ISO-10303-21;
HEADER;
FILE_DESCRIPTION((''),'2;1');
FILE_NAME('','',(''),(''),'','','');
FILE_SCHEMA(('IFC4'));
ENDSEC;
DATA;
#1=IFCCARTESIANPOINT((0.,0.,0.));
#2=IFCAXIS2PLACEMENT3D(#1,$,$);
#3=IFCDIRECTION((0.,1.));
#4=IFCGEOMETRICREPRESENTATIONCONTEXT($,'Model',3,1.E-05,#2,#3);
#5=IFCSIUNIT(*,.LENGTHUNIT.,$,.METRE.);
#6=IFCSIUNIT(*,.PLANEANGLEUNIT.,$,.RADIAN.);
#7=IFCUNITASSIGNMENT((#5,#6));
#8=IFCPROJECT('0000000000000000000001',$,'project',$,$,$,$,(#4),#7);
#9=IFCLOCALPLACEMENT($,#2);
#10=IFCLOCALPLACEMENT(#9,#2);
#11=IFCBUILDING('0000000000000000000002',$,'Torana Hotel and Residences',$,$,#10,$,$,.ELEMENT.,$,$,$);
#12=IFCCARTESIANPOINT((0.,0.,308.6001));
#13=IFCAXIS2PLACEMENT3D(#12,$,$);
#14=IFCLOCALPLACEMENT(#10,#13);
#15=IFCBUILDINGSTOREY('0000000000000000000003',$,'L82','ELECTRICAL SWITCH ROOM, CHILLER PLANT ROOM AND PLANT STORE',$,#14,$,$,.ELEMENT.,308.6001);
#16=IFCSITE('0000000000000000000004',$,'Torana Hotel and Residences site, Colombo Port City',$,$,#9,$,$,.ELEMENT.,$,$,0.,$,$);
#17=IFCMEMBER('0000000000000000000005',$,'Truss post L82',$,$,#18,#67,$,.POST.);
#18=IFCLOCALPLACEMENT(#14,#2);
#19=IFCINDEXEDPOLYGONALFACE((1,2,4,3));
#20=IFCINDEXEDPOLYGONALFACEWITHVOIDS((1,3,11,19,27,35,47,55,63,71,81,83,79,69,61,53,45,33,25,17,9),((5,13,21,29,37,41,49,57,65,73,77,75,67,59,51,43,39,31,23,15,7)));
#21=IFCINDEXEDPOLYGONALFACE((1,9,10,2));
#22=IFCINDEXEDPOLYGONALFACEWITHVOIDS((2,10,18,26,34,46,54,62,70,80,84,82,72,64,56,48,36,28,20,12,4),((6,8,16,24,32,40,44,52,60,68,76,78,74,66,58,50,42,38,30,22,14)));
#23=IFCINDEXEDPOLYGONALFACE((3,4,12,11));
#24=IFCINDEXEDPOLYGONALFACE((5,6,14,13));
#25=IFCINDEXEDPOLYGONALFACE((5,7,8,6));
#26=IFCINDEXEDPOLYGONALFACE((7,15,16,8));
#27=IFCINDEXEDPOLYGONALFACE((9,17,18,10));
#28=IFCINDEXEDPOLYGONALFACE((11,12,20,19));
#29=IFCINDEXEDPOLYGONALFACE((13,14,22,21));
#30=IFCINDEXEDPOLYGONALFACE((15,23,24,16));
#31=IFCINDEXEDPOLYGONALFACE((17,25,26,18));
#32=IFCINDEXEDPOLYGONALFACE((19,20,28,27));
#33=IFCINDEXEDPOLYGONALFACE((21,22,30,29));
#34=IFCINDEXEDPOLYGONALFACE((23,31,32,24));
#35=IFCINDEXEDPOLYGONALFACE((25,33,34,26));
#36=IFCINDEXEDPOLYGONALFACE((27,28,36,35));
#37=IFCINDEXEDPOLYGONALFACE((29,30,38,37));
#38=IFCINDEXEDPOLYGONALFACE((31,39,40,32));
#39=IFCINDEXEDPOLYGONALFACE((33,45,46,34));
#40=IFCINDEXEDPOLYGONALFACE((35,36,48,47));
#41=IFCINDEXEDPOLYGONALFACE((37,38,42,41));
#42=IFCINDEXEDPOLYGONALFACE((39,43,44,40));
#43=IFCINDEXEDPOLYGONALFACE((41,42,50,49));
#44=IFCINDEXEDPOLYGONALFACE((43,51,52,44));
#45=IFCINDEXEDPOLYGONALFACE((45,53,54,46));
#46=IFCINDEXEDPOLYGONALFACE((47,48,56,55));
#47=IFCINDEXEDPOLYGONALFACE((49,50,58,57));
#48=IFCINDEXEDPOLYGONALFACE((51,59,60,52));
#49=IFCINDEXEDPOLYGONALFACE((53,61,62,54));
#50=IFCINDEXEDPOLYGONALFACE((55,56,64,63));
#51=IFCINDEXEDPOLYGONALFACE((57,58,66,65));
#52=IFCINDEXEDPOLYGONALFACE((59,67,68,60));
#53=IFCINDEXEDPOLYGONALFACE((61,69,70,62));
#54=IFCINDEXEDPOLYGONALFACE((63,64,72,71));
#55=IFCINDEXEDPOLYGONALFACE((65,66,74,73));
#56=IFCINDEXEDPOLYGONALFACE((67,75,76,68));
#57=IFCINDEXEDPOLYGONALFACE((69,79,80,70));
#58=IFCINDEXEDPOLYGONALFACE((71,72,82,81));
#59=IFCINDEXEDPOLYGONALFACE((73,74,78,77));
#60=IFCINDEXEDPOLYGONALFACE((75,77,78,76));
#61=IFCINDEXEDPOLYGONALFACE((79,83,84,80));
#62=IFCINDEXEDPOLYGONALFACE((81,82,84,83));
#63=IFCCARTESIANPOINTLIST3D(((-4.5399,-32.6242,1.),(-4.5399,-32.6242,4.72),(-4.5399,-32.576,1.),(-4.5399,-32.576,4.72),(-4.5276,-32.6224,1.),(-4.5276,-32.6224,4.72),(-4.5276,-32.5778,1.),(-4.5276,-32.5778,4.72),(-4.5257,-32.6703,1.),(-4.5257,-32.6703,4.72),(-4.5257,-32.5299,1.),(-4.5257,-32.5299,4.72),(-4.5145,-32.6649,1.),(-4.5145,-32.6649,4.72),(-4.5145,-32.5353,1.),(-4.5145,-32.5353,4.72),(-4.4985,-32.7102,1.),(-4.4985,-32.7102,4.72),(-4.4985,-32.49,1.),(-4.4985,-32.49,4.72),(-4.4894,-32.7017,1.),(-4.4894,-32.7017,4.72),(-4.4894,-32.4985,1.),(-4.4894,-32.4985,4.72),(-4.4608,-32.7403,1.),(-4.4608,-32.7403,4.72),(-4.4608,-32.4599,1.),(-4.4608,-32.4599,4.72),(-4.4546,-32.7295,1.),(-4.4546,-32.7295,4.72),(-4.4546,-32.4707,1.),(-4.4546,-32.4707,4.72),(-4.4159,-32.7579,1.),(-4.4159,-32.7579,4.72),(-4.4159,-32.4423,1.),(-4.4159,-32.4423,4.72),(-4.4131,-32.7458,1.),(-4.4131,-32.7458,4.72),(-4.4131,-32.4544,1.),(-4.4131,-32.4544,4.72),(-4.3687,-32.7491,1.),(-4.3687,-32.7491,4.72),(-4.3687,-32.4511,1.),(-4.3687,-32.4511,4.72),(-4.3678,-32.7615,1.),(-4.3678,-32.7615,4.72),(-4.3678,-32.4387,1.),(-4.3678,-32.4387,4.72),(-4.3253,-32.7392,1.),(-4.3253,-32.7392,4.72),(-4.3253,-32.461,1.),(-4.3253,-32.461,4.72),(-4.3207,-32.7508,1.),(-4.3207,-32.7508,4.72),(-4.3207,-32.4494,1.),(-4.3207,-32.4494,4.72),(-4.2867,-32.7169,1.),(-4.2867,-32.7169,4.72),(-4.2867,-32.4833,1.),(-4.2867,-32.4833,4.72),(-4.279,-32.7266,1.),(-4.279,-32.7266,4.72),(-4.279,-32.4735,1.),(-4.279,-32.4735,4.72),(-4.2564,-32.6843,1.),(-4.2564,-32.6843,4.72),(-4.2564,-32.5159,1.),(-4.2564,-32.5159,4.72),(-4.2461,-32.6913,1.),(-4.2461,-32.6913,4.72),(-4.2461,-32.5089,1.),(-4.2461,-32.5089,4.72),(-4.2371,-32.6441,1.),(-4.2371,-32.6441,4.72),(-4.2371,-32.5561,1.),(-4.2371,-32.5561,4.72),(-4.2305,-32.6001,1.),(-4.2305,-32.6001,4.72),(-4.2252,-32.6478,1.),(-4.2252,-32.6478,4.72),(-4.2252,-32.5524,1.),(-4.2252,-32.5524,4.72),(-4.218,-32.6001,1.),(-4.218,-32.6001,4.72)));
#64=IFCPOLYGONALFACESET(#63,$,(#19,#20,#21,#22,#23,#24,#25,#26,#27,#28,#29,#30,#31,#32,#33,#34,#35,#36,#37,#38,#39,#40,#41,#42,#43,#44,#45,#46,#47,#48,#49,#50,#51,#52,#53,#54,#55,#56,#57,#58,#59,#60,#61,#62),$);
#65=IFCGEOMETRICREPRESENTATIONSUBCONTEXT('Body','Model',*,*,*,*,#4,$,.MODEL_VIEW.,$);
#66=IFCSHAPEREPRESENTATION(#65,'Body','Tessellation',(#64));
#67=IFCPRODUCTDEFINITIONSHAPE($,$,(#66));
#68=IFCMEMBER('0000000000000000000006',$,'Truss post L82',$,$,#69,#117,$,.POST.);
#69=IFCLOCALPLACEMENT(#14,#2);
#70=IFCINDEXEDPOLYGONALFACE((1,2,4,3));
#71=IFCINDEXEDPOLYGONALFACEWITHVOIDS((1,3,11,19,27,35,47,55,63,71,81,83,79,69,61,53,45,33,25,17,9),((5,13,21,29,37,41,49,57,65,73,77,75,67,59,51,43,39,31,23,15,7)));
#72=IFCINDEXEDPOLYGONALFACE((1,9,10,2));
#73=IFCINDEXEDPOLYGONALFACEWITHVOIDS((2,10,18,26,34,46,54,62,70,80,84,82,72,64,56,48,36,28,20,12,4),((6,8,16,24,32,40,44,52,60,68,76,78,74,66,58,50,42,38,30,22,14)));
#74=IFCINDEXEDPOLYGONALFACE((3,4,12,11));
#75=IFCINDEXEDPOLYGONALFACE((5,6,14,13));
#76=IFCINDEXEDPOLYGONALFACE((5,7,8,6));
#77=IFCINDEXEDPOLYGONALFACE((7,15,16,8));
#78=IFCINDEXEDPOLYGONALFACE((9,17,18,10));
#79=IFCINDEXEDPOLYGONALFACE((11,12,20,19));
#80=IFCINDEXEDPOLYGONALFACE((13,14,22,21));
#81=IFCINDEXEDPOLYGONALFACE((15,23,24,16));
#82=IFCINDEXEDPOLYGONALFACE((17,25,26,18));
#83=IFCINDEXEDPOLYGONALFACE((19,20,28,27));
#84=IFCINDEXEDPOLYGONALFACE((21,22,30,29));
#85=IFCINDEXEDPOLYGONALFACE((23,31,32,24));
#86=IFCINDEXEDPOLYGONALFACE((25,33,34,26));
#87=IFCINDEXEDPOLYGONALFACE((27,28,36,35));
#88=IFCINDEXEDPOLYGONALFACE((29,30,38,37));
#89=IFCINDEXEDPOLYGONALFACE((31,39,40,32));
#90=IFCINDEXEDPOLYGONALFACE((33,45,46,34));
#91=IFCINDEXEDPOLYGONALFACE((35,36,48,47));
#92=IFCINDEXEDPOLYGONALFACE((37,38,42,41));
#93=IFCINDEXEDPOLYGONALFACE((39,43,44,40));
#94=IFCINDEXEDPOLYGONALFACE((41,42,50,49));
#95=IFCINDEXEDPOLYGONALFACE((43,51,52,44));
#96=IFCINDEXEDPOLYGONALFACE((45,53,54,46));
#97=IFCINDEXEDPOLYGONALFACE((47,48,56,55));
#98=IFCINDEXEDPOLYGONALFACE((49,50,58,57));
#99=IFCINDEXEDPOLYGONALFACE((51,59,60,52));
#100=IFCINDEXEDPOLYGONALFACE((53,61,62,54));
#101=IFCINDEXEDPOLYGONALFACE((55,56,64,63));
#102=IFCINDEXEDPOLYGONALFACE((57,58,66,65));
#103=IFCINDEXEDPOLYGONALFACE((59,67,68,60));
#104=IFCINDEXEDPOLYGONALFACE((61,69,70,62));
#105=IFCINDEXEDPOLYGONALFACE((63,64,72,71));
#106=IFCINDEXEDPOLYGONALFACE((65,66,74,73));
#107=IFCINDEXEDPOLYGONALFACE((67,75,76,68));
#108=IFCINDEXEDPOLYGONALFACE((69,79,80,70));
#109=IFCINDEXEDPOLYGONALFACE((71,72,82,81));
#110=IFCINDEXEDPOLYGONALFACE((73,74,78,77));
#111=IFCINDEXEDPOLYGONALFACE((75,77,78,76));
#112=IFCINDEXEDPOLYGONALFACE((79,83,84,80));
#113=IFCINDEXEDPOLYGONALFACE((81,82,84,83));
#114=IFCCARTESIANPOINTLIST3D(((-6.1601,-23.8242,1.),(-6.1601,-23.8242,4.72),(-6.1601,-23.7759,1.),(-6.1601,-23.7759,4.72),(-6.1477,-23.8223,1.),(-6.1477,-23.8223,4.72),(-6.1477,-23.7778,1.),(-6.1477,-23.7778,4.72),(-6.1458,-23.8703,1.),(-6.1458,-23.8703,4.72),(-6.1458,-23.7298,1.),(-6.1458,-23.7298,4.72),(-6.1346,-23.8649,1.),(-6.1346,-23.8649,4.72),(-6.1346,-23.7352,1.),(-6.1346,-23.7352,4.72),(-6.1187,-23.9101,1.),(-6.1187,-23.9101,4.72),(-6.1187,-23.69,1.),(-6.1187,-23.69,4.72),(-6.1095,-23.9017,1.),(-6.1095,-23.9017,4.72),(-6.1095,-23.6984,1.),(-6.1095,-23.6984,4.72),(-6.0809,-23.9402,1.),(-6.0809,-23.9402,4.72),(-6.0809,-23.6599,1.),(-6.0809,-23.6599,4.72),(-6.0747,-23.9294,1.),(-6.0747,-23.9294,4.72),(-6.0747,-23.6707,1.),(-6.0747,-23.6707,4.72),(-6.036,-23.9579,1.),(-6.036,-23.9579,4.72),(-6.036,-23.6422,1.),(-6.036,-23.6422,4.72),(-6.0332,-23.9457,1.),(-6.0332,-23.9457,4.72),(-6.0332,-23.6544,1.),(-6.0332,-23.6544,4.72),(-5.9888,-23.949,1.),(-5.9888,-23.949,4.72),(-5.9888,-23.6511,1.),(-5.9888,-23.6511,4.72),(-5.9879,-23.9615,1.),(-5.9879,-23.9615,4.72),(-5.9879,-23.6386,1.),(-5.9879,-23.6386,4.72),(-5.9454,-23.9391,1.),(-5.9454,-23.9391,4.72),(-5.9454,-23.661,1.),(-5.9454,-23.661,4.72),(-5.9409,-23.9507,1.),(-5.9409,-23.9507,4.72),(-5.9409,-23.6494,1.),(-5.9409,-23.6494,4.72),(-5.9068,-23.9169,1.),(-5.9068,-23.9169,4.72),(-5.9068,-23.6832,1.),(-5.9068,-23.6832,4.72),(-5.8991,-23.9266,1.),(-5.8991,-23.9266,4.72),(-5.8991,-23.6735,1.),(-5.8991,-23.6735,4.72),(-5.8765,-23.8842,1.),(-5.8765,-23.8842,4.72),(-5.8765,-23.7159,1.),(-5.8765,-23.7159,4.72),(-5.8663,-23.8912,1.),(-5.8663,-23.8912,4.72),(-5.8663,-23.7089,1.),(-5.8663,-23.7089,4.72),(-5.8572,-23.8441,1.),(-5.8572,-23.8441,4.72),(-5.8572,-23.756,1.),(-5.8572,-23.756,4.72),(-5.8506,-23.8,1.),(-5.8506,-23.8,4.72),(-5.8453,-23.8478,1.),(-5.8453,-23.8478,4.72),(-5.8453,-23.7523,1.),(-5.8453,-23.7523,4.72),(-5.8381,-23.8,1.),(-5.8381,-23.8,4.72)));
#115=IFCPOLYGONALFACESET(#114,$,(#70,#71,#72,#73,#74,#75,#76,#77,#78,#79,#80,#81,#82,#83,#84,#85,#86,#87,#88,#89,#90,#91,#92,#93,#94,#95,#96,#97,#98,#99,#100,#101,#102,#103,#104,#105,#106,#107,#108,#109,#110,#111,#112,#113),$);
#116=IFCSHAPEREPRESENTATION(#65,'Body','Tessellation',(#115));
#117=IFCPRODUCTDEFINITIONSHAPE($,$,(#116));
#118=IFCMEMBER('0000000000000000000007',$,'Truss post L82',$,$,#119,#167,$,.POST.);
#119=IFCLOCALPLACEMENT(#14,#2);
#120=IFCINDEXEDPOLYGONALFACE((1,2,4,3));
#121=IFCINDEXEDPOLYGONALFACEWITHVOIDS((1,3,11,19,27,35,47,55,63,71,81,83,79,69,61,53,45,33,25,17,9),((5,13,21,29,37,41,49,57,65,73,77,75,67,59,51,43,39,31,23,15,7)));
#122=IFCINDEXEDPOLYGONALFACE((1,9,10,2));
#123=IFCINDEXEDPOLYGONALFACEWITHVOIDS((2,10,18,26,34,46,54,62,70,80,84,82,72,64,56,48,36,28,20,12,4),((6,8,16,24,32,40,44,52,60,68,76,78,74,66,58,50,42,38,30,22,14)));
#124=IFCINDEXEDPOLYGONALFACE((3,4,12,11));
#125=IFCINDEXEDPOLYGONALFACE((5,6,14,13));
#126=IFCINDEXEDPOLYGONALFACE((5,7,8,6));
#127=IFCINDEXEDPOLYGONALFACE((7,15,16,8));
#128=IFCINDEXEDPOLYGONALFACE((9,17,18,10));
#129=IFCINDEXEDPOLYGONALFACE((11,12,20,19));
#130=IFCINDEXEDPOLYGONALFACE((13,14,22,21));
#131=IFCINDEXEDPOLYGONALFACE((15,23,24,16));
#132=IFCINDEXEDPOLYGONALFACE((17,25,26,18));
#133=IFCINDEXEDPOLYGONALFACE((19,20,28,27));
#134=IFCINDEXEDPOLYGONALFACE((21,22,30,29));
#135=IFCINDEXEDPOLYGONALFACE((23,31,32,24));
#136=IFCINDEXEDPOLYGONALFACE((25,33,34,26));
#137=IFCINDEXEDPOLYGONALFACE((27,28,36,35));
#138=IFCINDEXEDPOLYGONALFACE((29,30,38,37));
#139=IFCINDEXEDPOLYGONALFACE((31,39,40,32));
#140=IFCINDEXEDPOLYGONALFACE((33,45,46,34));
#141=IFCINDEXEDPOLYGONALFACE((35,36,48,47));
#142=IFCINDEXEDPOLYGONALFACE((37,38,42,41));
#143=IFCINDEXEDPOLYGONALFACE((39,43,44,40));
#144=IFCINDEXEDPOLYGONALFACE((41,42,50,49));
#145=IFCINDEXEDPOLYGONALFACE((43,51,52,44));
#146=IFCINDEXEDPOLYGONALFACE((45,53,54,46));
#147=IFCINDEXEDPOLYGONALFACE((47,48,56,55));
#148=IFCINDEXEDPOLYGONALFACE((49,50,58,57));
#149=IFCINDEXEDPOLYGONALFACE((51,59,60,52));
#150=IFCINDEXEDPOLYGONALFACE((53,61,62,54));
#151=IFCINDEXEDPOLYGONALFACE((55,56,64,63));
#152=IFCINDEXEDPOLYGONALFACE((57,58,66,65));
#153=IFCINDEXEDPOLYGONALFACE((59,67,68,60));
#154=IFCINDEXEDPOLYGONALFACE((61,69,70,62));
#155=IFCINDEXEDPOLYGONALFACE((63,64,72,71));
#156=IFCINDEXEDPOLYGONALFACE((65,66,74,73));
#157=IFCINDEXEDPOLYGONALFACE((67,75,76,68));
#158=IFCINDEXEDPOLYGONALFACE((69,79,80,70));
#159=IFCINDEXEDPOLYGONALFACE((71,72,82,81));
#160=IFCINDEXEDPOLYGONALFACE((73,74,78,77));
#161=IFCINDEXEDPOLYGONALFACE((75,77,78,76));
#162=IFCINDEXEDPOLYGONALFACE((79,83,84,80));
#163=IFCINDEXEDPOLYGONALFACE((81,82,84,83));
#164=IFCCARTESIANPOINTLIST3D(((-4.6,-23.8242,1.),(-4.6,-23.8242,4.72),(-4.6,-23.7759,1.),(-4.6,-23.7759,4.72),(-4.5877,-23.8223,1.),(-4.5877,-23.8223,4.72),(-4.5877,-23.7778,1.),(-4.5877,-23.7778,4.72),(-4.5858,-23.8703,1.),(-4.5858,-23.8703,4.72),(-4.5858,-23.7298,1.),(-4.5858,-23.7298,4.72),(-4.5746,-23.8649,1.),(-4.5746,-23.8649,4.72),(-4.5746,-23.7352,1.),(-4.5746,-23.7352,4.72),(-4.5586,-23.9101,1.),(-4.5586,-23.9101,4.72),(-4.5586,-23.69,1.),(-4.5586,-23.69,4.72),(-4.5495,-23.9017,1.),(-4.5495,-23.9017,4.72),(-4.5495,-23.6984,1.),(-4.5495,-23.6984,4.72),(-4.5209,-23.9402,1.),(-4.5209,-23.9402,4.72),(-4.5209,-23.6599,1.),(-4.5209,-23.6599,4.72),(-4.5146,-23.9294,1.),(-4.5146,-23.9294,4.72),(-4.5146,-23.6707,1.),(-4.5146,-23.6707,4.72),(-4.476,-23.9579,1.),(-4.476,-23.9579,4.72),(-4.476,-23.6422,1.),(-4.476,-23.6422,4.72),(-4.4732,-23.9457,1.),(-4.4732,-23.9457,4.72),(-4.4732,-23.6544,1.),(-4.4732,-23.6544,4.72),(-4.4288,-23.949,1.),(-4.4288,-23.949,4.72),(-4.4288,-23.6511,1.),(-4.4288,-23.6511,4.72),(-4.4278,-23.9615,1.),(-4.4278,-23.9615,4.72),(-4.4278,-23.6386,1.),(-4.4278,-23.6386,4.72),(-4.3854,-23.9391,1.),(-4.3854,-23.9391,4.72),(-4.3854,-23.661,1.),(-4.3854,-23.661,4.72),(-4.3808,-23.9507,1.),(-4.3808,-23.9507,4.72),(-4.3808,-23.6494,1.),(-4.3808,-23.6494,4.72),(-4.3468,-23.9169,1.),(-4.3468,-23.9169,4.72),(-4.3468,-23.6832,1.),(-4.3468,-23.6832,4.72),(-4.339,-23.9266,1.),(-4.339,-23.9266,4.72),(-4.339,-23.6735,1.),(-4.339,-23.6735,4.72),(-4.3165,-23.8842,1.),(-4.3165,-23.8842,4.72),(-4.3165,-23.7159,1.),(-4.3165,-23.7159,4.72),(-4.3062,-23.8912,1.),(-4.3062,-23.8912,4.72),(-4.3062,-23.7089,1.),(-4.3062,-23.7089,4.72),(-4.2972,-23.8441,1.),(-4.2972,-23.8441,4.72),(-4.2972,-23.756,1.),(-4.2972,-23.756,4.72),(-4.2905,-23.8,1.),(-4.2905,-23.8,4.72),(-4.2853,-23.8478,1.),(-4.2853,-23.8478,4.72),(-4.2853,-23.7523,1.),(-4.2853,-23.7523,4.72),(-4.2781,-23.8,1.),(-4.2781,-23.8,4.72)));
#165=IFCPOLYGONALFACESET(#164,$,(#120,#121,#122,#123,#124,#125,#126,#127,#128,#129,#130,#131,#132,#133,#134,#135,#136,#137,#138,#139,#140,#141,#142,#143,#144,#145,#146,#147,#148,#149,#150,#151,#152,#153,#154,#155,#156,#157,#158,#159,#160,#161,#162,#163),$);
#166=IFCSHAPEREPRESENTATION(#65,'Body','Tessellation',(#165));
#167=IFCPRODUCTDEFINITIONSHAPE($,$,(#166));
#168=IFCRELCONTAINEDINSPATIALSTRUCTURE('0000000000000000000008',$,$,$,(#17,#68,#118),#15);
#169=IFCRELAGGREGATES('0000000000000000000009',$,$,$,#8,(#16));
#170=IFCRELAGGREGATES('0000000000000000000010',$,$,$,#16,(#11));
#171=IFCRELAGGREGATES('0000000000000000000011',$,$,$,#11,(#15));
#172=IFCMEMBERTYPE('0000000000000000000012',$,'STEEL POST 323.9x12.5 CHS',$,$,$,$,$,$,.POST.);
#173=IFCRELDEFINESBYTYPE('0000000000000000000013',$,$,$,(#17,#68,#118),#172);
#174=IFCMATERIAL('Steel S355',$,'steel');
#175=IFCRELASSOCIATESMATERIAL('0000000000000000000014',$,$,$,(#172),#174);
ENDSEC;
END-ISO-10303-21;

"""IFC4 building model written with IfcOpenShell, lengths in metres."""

from ifc_helpers import new_model, si_unit, direction, frame, origin, origin_2d, place, context, subcontext, project, spatial, hollow_circle, extrude, material, material_profile, profile_set, type_object, element, save


model = new_model("IFC4")

# Units and contexts
model_context = context("Model", 3, precision=1e-05, world=origin(), true_north=direction((0.0, 1.0)))
body_context = subcontext(model_context, "Body", "Model", "MODEL_VIEW")
ifc_project = project(units=[si_unit("LENGTHUNIT", "METRE"), si_unit("PLANEANGLEUNIT", "RADIAN")], contexts=[model_context])

# Site, building, storey
site_placement = place(None, origin())
site = spatial("IfcSite", under=ifc_project, at=site_placement, Name="Torana Hotel and Residences site, Colombo Port City", CompositionType="ELEMENT", RefElevation=0.0)
building_placement = place(site_placement, origin())
building = spatial("IfcBuilding", under=site, at=building_placement, Name="Torana Hotel and Residences", CompositionType="ELEMENT")
storey_placement = place(building_placement, frame((0.0, 0.0, 308.6001)))
storey = spatial("IfcBuildingStorey", under=building, at=storey_placement, Name="L82", Description="ELECTRICAL SWITCH ROOM, CHILLER PLANT ROOM AND PLANT STORE", CompositionType="ELEMENT", Elevation=308.6001)

# Members
ifc_material_1 = material(Name="Steel S355", Category="steel")
ifc_material_profile_1 = material_profile(ifc_material_1, hollow_circle(Radius=0.1619, WallThickness=0.0125, at=origin_2d()), Name="323.9x12.5 CHS")
ifc_profile_set_1 = profile_set([ifc_material_profile_1], Name="Steel S355")
member_type_1 = type_object("IfcMemberType", Name="STEEL POST 323.9x12.5 CHS", PredefinedType="POST", material=ifc_profile_set_1)
for number, where, z_axis, x_axis, name in (
    (1, (-4.3799, -32.6001, 1.0), (0.0, 0.0, 1.0), (1.0, 0.0, 0.0), "Truss post L82"),
    (2, (-6.0, -23.8, 1.0), (0.0, 0.0, 1.0), (1.0, 0.0, 0.0), "Truss post L82"),
    (3, (-4.4399, -23.8, 1.0), (0.0, 0.0, 1.0), (1.0, 0.0, 0.0), "Truss post L82"),
):
    element("IfcMember", number, at=place(storey_placement, frame(where, z_axis=z_axis, x_axis=x_axis)), inside=storey, type_object=member_type_1, Name=name, PredefinedType="POST", context=body_context, shape_type="SweptSolid", body=[
        extrude(hollow_circle(Radius=0.1619, WallThickness=0.0125, at=origin_2d()), origin(), (0.0, 0.0, 1.0), 3.72),
    ])

save(model, "model.ifc")
